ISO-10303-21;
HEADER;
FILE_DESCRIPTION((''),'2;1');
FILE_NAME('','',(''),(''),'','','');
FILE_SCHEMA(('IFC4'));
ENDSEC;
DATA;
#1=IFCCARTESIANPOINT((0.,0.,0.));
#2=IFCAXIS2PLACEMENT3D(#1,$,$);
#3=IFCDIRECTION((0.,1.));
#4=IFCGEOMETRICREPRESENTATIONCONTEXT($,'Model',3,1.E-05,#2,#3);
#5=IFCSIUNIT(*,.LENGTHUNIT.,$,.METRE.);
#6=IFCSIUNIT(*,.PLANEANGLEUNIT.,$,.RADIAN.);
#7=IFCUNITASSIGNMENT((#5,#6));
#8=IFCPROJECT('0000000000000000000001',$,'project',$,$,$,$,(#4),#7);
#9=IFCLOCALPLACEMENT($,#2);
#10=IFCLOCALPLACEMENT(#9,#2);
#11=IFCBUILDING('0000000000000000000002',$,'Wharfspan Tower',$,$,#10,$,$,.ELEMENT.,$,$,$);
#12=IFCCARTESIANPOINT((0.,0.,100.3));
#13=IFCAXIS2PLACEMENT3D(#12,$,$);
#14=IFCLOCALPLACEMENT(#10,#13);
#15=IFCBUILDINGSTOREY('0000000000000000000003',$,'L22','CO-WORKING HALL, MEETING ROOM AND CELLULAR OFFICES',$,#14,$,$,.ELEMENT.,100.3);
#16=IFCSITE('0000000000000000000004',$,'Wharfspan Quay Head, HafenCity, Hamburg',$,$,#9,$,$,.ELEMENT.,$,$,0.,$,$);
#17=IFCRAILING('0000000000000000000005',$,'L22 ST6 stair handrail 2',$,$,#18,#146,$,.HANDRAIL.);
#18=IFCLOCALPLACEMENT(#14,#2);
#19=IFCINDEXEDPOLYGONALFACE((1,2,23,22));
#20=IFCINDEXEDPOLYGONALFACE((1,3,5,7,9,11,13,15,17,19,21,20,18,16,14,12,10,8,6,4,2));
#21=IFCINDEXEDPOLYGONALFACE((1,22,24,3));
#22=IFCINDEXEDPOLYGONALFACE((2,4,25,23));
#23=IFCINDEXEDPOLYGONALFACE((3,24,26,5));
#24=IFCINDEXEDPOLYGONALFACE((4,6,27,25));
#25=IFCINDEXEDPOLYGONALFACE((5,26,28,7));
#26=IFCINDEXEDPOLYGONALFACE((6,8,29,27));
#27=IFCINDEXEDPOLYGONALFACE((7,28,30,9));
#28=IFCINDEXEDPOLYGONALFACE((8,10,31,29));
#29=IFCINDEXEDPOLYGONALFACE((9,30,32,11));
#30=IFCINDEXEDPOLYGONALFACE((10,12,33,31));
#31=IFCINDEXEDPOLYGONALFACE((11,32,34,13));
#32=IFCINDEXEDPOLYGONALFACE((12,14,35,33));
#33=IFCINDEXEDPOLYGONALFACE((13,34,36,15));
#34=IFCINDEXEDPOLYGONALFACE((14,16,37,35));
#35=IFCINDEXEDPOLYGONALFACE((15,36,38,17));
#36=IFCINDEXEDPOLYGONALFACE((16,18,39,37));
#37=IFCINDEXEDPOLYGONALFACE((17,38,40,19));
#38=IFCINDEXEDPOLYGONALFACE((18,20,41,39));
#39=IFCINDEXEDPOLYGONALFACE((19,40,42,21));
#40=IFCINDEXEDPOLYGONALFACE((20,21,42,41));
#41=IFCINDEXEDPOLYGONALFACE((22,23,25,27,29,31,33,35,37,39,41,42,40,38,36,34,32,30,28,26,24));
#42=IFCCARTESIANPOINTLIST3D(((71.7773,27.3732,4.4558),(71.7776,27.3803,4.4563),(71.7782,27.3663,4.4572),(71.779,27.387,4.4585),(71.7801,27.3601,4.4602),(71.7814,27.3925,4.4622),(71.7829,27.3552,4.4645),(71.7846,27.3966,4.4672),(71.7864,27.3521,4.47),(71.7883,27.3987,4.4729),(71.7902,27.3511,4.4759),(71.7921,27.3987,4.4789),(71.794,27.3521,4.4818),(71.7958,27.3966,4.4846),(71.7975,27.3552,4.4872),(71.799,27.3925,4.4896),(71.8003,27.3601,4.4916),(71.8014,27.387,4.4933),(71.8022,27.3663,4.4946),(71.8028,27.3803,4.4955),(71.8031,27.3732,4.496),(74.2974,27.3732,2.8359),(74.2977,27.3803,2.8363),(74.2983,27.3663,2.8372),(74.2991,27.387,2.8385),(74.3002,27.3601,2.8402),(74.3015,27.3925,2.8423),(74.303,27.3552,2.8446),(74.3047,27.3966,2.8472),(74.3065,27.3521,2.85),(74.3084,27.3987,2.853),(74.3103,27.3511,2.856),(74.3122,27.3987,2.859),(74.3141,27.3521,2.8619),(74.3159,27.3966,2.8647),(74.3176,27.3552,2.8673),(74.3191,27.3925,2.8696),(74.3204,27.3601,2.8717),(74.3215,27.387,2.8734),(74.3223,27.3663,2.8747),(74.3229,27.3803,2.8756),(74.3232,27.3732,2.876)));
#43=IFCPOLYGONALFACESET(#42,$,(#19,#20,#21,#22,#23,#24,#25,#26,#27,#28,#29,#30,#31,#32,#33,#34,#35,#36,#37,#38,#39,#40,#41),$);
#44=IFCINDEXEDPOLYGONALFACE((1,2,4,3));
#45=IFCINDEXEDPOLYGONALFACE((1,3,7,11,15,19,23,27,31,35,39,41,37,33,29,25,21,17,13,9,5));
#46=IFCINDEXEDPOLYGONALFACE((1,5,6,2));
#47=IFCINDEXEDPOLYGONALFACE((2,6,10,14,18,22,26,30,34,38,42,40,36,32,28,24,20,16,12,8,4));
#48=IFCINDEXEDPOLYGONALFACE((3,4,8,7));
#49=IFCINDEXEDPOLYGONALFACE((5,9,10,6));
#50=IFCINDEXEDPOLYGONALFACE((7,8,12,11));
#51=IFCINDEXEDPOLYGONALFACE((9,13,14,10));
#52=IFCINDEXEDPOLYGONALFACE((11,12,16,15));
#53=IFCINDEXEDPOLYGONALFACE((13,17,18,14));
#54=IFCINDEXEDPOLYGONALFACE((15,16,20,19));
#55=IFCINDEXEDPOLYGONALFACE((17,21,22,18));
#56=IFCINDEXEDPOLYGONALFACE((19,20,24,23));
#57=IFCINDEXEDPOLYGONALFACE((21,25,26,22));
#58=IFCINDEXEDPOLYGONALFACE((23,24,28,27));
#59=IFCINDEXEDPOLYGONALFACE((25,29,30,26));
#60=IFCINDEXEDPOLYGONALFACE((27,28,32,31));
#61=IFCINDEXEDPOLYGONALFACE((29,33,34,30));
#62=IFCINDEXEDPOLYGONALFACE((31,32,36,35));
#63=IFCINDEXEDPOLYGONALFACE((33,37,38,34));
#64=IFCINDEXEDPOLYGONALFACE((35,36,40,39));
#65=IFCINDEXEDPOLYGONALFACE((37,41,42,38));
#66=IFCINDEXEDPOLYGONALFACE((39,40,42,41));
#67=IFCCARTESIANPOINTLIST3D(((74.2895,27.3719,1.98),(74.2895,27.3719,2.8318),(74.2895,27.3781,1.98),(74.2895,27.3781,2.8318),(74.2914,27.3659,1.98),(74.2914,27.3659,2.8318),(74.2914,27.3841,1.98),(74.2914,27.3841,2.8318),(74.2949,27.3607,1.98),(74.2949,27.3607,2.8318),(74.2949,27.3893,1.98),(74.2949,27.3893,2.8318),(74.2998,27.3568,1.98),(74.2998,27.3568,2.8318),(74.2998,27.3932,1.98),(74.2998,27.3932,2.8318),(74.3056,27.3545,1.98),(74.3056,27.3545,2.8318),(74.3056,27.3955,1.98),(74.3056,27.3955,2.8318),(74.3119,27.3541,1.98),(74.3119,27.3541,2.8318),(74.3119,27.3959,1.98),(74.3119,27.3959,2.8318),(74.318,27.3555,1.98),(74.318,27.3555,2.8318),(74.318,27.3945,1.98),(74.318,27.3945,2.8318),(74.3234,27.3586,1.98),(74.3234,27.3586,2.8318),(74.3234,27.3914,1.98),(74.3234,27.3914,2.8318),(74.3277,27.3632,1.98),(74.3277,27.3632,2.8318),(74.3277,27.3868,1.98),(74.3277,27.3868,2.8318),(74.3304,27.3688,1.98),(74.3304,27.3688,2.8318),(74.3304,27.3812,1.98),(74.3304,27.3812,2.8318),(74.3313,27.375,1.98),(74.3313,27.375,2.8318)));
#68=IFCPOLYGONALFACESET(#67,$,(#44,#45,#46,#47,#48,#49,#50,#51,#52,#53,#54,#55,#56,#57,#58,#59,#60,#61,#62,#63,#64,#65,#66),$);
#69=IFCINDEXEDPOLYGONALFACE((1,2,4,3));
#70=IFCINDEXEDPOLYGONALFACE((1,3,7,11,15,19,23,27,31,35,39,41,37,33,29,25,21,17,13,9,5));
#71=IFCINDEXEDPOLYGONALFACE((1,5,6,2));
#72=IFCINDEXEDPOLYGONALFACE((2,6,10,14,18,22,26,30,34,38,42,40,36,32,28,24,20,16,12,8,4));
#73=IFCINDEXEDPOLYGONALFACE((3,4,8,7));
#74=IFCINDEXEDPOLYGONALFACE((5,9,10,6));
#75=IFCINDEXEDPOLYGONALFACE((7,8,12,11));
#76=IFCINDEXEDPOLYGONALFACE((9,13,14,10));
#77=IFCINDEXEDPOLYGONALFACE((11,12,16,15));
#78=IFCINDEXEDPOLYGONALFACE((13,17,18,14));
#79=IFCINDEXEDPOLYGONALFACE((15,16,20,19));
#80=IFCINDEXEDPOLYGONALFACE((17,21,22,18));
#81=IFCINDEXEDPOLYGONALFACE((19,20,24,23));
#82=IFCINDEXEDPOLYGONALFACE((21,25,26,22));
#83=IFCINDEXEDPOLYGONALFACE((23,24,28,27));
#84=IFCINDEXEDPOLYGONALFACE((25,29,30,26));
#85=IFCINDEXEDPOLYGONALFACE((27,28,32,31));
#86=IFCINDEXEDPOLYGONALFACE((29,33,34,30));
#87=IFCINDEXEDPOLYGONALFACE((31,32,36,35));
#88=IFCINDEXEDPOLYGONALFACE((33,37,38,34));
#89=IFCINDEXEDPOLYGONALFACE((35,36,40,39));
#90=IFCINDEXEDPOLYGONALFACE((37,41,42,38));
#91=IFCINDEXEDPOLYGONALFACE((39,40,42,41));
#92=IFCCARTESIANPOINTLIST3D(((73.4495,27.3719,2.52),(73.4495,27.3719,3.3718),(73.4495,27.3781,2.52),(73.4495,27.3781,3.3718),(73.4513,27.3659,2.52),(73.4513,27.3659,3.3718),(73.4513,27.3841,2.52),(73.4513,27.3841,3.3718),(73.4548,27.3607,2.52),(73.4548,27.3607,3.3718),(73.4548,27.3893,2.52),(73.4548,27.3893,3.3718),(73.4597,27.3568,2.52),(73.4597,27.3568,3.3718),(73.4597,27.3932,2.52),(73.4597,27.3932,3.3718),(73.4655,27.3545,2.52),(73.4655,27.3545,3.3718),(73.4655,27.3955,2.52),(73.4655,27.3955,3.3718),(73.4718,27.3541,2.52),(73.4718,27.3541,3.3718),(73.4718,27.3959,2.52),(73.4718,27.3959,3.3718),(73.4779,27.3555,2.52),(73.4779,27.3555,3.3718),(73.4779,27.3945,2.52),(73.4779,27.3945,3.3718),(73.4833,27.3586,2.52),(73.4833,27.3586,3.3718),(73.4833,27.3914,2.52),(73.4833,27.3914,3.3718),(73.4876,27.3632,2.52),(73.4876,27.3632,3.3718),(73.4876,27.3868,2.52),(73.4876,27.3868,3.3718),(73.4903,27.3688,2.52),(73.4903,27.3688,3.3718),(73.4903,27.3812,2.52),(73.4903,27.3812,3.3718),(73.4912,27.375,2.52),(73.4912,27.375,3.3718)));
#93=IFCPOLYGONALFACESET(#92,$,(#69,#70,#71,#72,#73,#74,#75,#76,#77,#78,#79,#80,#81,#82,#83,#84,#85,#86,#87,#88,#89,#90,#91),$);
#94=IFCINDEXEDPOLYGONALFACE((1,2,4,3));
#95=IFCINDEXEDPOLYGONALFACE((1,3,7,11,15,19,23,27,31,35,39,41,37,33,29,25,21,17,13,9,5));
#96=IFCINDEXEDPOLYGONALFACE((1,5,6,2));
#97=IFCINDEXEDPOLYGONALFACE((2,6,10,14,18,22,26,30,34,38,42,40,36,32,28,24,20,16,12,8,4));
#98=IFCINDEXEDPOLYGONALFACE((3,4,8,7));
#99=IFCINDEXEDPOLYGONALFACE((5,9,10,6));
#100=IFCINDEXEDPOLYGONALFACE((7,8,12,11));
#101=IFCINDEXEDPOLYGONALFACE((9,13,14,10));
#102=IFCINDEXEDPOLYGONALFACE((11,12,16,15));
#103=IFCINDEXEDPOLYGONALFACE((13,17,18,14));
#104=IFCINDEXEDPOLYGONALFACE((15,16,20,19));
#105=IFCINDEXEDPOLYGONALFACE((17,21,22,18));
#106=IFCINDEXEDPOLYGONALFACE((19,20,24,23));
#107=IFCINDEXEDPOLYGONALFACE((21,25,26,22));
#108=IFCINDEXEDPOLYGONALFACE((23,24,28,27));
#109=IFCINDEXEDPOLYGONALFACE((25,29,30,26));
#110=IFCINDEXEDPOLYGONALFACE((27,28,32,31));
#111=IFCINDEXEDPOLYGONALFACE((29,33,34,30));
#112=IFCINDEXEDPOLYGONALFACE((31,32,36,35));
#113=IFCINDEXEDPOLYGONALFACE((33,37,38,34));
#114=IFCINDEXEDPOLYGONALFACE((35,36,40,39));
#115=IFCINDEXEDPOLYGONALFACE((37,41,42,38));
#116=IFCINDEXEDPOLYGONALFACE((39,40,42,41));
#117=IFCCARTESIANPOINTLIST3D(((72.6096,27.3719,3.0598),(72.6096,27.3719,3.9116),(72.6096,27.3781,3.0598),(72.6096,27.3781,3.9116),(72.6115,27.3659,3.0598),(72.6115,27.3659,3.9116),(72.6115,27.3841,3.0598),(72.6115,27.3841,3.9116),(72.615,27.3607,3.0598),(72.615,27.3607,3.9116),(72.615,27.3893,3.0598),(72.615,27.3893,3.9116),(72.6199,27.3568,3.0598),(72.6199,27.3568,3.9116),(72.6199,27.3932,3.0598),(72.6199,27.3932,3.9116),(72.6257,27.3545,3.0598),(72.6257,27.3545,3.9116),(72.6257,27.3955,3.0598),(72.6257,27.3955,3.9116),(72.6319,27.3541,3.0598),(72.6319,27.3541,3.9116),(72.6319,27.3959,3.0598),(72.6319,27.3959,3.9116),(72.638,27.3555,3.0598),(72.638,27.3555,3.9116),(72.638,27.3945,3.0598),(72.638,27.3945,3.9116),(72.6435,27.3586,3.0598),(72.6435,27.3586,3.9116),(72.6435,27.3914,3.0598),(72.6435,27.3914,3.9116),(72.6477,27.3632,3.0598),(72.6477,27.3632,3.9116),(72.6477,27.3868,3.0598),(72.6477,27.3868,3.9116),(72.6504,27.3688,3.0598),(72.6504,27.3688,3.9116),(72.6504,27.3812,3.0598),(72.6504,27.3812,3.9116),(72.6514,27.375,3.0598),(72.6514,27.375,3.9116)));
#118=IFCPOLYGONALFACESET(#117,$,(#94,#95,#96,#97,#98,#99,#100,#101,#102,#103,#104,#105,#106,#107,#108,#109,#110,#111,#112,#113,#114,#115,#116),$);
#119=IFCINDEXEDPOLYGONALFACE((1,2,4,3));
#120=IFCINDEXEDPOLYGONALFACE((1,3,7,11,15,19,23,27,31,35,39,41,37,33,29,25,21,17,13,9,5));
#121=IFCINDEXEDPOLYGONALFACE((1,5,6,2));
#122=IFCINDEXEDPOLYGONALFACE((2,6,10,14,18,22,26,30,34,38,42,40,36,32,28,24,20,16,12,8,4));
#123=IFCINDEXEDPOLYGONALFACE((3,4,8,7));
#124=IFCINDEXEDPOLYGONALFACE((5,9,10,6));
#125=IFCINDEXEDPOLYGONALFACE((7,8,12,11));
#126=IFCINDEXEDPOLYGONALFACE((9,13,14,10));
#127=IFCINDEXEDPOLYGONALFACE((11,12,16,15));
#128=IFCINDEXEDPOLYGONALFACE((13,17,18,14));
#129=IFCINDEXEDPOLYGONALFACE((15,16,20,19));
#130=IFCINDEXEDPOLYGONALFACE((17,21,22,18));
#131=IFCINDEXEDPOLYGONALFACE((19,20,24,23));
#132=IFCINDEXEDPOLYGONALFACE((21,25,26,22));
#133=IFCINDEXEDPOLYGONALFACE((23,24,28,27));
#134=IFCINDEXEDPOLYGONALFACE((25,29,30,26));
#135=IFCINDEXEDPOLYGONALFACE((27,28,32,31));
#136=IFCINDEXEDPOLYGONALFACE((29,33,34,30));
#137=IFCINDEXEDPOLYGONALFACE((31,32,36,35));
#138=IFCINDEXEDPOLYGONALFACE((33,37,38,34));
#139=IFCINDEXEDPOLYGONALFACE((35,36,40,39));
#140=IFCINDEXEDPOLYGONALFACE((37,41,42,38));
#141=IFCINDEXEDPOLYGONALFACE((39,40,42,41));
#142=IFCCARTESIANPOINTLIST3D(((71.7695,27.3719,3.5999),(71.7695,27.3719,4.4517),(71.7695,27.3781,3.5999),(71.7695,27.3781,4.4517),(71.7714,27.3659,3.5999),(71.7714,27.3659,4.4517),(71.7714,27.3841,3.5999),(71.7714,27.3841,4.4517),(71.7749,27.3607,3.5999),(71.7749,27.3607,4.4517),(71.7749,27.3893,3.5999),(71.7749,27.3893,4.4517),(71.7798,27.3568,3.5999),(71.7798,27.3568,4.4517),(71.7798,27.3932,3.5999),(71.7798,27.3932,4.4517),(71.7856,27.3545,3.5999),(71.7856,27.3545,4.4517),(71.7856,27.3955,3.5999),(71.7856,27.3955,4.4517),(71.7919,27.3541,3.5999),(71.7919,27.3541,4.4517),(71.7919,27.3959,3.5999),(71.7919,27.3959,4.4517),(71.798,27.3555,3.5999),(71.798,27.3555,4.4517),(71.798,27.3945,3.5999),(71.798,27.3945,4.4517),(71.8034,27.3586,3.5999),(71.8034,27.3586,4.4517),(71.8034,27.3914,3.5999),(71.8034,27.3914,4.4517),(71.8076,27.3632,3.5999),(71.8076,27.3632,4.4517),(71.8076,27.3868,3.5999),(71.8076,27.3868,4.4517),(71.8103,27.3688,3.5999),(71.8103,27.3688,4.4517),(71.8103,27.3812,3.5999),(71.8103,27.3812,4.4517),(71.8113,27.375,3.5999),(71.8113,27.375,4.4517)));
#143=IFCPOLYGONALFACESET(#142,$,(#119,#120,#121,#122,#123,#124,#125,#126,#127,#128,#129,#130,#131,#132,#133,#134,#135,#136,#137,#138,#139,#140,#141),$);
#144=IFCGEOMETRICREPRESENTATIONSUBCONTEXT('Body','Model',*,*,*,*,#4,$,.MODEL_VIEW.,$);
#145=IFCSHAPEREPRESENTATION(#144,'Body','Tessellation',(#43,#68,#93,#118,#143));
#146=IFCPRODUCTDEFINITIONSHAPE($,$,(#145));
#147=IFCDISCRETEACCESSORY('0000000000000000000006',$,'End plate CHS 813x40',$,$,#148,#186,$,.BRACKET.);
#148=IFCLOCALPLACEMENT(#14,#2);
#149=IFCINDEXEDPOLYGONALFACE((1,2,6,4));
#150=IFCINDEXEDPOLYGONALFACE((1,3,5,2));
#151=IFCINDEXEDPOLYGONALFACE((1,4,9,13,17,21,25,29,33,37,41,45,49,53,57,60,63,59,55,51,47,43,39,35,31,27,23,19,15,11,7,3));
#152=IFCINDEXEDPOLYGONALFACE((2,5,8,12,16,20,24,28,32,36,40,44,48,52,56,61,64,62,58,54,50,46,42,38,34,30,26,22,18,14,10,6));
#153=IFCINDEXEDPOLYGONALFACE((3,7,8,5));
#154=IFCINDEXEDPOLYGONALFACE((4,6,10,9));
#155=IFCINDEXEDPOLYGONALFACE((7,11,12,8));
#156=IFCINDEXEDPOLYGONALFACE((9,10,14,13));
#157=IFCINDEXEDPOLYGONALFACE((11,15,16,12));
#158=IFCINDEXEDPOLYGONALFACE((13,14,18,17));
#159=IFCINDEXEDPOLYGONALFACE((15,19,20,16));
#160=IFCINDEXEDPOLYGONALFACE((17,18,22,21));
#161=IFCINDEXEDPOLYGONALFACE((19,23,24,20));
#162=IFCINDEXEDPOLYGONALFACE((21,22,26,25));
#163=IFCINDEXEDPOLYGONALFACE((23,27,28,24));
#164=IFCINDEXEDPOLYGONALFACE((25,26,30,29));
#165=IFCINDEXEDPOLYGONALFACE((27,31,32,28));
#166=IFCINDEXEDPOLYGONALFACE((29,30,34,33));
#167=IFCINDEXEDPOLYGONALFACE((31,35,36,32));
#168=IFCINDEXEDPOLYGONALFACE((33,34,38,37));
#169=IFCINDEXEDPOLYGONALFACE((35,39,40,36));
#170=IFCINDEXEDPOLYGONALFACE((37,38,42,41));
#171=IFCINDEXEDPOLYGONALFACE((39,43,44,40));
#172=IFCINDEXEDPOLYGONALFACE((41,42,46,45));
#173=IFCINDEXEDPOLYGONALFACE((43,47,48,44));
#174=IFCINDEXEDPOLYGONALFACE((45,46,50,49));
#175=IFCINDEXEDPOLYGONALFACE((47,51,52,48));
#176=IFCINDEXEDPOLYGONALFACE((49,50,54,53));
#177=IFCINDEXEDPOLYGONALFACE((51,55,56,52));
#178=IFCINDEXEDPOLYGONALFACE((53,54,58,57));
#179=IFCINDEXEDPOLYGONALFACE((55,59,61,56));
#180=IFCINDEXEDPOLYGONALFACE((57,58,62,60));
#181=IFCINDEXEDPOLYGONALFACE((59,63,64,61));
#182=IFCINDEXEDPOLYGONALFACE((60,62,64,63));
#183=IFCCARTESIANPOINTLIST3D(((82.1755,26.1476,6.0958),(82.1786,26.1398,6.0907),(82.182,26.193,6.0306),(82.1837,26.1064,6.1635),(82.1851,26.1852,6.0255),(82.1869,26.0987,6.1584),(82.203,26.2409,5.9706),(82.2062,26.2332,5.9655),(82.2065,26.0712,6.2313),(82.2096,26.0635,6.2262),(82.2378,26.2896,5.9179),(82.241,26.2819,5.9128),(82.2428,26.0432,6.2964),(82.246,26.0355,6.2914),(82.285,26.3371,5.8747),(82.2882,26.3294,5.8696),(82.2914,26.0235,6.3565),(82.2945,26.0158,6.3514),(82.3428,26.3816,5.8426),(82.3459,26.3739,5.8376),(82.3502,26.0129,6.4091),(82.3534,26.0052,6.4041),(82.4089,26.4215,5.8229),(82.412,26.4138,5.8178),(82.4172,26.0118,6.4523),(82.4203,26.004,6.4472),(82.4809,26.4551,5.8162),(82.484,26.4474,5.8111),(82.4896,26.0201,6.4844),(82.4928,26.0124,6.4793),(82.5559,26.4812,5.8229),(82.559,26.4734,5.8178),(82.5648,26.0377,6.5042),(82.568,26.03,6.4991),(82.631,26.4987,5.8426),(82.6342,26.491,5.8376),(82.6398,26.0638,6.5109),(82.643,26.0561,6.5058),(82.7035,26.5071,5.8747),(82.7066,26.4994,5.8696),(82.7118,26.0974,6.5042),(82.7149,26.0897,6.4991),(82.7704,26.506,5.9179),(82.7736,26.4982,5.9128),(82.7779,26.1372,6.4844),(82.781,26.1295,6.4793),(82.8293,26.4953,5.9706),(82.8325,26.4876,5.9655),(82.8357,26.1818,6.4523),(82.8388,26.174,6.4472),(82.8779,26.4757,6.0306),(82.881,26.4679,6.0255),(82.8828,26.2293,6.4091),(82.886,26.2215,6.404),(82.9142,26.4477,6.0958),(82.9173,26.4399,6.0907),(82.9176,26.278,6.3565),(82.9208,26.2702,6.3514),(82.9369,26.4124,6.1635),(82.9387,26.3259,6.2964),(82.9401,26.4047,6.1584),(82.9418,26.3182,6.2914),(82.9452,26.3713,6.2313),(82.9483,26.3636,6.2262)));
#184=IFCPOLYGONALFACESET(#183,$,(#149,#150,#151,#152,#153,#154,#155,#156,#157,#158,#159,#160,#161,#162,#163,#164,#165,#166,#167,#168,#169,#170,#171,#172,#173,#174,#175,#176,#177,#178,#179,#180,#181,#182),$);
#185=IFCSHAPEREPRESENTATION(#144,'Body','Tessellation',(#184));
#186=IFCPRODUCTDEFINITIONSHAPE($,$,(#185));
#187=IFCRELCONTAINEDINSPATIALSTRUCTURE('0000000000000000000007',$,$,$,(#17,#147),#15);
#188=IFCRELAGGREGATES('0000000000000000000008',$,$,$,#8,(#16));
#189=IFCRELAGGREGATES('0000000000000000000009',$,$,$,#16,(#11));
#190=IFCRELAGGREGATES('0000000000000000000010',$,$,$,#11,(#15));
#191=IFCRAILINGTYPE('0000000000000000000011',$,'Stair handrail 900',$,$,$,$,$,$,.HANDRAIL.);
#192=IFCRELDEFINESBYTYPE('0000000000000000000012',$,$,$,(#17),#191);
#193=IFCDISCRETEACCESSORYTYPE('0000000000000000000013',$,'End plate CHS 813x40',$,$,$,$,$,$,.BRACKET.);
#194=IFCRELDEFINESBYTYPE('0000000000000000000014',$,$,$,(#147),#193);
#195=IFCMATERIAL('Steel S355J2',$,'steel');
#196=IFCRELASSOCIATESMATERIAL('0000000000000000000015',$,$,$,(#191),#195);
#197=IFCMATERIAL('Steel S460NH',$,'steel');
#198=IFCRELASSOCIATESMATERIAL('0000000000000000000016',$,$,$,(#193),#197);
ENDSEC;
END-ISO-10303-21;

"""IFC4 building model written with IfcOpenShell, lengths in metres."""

from ifc_helpers import new_model, si_unit, direction, frame, origin, origin_2d, place, context, subcontext, project, spatial, circle, extrude, material, material_profile, profile_set, type_object, element, save


model = new_model("IFC4")

# Units and contexts
model_context = context("Model", 3, precision=1e-05, world=origin(), true_north=direction((0.0, 1.0)))
body_context = subcontext(model_context, "Body", "Model", "MODEL_VIEW")
ifc_project = project(units=[si_unit("LENGTHUNIT", "METRE"), si_unit("PLANEANGLEUNIT", "RADIAN")], contexts=[model_context])

# Site, building, storey
site_placement = place(None, origin())
site = spatial("IfcSite", under=ifc_project, at=site_placement, Name="Wharfspan Quay Head, HafenCity, Hamburg", CompositionType="ELEMENT", RefElevation=0.0)
building_placement = place(site_placement, origin())
building = spatial("IfcBuilding", under=site, at=building_placement, Name="Wharfspan Tower", CompositionType="ELEMENT")
storey_placement = place(building_placement, frame((0.0, 0.0, 100.3)))
storey = spatial("IfcBuildingStorey", under=building, at=storey_placement, Name="L22", Description="CO-WORKING HALL, MEETING ROOM AND CELLULAR OFFICES", CompositionType="ELEMENT", Elevation=100.3)

# Shared definitions
ifc_material_1 = material(Name="Steel S355J2", Category="steel")

# Shared definitions
ifc_material_2 = material(Name="Steel S460NH", Category="steel")

# Railing
railing_type_1 = type_object("IfcRailingType", Name="Stair handrail 900", PredefinedType="HANDRAIL", material=ifc_material_1)
railing_1_placement = place(storey_placement, frame((74.3103, 27.375, 1.98)))
element("IfcRailing", 1, at=railing_1_placement, inside=storey, type_object=railing_type_1, Name="L22 ST6 stair handrail 2", PredefinedType="HANDRAIL", context=body_context, shape_type="SweptSolid", body=[
    extrude(circle(Radius=0.0239, at=origin_2d()), frame((0.0, 0.0, 0.876), z_axis=(-0.8412, 0.0, 0.540725), x_axis=(0.0, -1.0, 0.0)), (0.0, 0.0, 1.0), 2.9958),
    extrude(circle(Radius=0.021, at=origin_2d()), origin(), (0.0, 0.0, 1.0), 0.8518),
    extrude(circle(Radius=0.021, at=origin_2d()), frame((-0.8401, 0.0, 0.54)), (0.0, 0.0, 1.0), 0.8518),
    extrude(circle(Radius=0.021, at=origin_2d()), frame((-1.6799, 0.0, 1.0798)), (0.0, 0.0, 1.0), 0.8518),
    extrude(circle(Radius=0.021, at=origin_2d()), frame((-2.52, 0.0, 1.6199)), (0.0, 0.0, 1.0), 0.8518),
])

# Discrete accessory
ifc_material_profile_1 = material_profile(ifc_material_2, circle(Radius=0.4065, at=origin_2d()))
ifc_profile_set_1 = profile_set([ifc_material_profile_1], Name="Steel S460NH")
discrete_accessory_type = type_object("IfcDiscreteAccessoryType", Name="End plate CHS 813x40", PredefinedType="BRACKET", material=ifc_profile_set_1)
discrete_accessory_1_placement = place(storey_placement, frame((82.5635, 26.2517, 6.1584), z_axis=(-0.321601, 0.791633, 0.519509), x_axis=(-0.926467, -0.376378, 0.000001)))
element("IfcDiscreteAccessory", 2, at=discrete_accessory_1_placement, inside=storey, type_object=discrete_accessory_type, Name="End plate CHS 813x40", PredefinedType="BRACKET", context=body_context, shape_type="SweptSolid", body=[
    extrude(circle(Radius=0.4065, at=origin_2d()), origin(), (0.0, 0.0, 1.0), 0.0098),
])

save(model, "model.ifc")
